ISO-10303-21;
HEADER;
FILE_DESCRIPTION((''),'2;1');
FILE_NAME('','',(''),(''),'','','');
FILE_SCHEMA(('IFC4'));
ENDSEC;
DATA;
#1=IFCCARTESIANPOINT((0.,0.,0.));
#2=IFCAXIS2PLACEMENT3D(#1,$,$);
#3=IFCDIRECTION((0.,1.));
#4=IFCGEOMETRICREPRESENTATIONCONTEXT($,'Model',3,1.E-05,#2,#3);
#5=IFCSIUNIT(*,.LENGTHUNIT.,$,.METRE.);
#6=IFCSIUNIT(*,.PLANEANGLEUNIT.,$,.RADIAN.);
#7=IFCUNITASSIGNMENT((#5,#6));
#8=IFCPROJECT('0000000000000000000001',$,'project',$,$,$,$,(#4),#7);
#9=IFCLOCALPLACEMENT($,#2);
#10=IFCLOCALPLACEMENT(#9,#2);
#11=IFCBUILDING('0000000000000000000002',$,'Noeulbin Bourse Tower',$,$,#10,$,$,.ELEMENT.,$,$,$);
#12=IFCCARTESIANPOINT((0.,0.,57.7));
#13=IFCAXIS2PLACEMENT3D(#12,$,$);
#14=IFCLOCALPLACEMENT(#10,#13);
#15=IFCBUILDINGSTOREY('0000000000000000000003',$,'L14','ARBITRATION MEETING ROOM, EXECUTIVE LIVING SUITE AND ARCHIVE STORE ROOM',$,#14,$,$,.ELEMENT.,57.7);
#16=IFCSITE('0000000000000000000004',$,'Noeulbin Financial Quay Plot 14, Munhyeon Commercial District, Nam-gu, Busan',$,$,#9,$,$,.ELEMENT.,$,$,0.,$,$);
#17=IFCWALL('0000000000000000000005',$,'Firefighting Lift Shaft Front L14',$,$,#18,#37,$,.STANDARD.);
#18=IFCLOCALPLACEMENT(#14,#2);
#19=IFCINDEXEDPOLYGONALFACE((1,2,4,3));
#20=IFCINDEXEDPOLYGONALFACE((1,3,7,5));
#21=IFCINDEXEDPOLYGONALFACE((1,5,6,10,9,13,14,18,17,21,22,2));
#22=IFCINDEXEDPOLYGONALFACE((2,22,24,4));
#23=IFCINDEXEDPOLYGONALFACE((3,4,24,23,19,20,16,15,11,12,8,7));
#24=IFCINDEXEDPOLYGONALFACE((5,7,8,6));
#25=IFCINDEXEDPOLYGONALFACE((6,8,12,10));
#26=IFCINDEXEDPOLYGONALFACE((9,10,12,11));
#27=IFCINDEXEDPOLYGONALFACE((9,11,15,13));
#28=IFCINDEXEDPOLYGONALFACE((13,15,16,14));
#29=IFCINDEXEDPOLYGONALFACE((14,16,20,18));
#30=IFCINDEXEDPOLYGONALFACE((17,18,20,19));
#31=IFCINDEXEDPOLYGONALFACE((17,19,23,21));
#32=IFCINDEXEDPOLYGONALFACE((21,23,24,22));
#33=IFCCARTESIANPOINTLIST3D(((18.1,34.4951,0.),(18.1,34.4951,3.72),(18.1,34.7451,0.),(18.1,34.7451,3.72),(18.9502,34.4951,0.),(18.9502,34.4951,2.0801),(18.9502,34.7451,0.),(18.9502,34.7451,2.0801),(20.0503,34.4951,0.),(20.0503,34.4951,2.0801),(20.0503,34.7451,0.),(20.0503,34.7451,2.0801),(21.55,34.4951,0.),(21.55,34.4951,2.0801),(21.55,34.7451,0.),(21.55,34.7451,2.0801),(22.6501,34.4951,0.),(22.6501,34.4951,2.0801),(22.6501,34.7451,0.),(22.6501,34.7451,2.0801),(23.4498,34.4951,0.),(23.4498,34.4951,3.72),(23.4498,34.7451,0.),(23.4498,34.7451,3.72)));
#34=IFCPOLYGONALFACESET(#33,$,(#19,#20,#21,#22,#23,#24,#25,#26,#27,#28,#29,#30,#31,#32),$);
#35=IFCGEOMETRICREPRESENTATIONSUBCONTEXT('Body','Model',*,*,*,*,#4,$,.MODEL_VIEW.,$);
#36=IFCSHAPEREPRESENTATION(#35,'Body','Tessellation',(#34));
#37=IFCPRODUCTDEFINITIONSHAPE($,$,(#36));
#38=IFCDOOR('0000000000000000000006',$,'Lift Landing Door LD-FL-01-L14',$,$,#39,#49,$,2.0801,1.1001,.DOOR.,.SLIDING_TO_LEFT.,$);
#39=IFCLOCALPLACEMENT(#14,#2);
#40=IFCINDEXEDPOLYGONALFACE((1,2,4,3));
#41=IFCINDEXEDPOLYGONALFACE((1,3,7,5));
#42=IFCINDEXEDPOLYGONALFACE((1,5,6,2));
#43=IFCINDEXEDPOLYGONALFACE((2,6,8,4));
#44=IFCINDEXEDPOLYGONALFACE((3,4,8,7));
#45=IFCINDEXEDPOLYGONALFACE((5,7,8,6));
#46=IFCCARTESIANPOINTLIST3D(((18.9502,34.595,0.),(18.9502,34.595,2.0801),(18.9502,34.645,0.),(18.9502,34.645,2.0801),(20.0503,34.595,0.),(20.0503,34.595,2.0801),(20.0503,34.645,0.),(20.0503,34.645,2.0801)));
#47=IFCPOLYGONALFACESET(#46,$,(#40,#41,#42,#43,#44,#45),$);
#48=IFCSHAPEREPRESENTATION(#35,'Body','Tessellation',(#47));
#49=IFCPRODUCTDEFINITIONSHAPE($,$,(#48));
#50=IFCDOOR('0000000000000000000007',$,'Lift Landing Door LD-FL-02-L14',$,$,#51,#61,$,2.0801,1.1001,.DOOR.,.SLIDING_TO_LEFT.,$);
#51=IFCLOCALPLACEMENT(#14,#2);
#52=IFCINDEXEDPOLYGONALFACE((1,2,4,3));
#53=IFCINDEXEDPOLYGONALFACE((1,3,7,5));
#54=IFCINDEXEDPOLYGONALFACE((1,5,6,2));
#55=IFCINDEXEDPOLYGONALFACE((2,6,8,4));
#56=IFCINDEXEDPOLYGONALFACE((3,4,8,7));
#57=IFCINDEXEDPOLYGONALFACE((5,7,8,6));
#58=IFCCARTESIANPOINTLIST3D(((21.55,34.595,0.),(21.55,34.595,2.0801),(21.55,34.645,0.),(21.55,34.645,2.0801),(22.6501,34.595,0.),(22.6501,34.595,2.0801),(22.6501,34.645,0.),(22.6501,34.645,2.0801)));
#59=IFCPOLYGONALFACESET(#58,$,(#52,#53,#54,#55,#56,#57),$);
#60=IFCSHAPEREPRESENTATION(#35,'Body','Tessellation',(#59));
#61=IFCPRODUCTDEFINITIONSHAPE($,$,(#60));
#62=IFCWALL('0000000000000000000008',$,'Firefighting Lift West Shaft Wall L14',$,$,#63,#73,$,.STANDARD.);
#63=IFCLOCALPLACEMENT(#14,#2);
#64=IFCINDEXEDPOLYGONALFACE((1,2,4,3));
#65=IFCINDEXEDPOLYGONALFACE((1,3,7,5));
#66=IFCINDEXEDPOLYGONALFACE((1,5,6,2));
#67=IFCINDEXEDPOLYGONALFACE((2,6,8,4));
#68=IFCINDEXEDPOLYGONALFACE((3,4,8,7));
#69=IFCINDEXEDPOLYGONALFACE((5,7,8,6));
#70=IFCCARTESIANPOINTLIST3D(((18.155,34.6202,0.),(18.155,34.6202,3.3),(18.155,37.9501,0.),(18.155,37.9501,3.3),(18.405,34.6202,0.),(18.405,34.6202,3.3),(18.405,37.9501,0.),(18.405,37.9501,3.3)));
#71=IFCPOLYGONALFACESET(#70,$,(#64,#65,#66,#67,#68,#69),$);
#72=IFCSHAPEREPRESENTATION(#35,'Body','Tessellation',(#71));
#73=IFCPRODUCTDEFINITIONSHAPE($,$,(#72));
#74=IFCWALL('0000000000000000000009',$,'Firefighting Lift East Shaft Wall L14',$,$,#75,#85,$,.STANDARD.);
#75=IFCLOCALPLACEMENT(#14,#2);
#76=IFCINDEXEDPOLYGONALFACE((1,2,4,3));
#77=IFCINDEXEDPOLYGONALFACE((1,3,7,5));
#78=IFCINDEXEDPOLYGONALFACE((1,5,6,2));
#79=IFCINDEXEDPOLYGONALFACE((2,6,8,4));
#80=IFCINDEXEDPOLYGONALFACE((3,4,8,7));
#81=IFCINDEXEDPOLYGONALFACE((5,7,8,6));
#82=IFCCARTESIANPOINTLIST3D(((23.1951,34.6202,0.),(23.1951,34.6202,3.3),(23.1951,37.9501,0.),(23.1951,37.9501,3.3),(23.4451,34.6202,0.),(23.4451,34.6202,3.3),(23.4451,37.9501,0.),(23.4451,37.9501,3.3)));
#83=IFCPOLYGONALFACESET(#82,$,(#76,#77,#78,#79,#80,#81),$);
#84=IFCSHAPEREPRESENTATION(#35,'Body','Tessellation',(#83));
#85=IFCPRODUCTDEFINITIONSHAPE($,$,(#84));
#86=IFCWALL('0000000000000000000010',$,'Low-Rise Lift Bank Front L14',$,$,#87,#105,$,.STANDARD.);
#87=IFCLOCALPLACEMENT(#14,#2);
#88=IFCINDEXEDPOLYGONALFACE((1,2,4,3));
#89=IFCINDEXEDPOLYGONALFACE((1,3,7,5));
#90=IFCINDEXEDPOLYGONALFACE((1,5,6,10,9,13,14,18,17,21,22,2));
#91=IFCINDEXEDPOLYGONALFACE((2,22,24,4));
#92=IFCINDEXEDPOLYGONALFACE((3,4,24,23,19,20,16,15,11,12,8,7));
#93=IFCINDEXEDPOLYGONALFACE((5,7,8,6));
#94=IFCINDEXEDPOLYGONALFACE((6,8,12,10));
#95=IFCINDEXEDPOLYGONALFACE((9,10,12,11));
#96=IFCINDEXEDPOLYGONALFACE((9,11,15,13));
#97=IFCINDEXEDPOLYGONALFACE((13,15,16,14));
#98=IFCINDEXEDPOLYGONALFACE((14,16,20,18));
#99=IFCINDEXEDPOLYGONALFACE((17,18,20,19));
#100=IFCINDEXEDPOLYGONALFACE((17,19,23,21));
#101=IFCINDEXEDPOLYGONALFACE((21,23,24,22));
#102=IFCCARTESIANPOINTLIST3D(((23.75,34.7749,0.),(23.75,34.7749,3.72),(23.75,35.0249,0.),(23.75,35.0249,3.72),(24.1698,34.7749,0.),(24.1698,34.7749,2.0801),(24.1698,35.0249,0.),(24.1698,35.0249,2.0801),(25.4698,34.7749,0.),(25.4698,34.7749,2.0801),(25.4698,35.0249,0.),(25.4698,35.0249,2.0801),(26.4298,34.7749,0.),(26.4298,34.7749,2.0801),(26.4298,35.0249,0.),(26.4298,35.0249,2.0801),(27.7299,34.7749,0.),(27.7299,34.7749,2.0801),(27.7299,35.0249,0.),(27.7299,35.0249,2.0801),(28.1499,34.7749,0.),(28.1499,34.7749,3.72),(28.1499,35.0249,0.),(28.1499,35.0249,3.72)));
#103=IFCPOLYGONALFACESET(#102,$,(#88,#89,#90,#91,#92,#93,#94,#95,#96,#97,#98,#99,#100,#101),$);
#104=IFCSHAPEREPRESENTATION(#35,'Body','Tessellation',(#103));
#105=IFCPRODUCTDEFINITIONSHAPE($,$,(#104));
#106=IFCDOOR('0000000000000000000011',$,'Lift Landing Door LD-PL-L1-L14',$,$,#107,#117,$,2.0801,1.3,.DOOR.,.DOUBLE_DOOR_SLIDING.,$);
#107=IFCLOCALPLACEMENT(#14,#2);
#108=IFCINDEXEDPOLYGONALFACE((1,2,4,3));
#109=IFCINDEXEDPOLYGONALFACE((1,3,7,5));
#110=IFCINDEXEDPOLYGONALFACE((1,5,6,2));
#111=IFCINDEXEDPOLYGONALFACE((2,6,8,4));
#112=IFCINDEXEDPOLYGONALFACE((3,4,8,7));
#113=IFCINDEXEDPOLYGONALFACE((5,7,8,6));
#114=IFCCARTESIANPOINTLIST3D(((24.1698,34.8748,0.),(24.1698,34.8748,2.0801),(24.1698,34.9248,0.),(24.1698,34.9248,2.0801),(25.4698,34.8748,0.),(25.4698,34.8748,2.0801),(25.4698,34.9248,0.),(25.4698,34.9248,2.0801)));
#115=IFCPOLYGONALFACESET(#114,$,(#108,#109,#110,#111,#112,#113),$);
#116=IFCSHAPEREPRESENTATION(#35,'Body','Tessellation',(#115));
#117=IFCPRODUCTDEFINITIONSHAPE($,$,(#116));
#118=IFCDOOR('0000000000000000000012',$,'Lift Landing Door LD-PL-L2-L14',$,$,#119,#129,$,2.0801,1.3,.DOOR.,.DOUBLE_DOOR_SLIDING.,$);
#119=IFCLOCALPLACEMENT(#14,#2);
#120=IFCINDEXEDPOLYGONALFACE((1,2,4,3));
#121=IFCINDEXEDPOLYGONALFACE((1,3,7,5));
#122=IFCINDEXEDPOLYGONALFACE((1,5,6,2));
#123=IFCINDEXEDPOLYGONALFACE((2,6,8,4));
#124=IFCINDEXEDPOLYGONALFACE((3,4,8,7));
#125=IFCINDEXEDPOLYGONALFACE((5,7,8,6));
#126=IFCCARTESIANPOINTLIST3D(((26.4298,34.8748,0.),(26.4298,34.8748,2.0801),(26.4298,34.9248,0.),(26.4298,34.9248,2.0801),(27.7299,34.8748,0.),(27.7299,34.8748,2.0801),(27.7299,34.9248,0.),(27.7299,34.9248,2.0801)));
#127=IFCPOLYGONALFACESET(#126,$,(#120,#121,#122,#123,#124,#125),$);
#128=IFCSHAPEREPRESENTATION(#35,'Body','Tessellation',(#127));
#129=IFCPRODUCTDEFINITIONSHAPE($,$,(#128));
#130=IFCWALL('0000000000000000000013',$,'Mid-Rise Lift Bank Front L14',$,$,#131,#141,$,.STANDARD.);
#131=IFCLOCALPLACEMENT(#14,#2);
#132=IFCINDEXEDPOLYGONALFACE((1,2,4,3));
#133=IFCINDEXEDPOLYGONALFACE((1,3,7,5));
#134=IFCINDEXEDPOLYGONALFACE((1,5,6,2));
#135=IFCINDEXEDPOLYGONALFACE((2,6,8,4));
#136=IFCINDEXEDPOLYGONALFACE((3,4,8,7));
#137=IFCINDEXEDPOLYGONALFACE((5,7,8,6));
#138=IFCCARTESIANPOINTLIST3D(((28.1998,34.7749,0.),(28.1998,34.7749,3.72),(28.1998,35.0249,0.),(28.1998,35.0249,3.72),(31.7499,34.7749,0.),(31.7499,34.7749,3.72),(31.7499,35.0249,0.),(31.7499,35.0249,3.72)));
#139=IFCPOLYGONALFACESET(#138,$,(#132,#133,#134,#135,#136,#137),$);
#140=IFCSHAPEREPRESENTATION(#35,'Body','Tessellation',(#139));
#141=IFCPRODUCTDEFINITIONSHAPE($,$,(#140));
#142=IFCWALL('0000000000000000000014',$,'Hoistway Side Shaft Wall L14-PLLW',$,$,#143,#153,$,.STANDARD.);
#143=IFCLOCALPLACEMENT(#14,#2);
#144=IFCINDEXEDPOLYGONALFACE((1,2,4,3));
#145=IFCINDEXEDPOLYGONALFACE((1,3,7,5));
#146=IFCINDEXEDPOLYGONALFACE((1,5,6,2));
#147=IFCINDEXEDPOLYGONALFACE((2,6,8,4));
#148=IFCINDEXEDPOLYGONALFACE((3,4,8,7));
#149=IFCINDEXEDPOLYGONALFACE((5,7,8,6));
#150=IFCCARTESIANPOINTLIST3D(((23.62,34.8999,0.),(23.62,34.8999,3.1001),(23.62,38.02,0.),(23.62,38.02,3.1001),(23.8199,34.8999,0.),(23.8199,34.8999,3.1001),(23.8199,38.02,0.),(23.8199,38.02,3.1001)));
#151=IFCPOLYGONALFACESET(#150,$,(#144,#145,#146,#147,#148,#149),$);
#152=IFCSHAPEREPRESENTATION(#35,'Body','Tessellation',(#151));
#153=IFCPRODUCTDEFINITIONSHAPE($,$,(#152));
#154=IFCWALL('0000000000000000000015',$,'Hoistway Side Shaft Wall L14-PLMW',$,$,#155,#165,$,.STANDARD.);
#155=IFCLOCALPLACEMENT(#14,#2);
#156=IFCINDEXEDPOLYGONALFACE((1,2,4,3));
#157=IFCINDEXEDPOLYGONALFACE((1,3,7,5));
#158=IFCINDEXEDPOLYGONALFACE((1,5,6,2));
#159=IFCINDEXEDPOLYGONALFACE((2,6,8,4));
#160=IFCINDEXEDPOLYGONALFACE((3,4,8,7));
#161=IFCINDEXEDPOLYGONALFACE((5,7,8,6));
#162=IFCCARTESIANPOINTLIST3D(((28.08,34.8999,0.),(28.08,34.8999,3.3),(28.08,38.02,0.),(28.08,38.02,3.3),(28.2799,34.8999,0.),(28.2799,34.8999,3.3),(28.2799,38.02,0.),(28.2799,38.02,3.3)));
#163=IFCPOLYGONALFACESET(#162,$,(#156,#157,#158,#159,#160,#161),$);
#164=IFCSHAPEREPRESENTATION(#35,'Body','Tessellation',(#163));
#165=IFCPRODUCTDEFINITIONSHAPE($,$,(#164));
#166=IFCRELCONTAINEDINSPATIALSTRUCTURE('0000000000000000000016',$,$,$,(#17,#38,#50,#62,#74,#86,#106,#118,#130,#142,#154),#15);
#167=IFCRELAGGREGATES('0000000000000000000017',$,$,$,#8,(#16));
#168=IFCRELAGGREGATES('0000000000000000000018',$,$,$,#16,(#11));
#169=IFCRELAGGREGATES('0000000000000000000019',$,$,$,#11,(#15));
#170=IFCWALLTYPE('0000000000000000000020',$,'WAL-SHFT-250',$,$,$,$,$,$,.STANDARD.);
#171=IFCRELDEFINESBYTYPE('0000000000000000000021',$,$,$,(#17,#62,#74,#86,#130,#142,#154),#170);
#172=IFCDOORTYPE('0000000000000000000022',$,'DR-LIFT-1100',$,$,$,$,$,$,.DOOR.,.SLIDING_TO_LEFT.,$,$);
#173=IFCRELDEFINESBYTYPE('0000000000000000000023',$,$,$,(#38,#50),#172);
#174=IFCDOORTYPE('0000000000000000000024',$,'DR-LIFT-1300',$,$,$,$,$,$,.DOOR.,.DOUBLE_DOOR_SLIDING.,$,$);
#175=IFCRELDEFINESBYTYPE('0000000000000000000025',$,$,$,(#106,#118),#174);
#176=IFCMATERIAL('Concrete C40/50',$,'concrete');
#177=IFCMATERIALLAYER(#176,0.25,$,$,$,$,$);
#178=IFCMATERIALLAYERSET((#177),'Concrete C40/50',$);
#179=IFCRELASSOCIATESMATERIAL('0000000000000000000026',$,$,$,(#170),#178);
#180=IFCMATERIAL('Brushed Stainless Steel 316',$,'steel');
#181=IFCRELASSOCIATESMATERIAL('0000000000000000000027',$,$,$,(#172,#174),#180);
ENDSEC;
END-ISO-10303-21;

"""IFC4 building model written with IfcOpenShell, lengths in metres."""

from ifc_helpers import new_model, si_unit, direction, frame, frame_2d, origin, place, context, subcontext, project, spatial, rectangle, extrude, material, layer, layer_set, type_object, element, fill, save


model = new_model("IFC4")

# Units and contexts
model_context = context("Model", 3, precision=1e-05, world=origin(), true_north=direction((0.0, 1.0)))
body_context = subcontext(model_context, "Body", "Model", "MODEL_VIEW")
ifc_project = project(units=[si_unit("LENGTHUNIT", "METRE"), si_unit("PLANEANGLEUNIT", "RADIAN")], contexts=[model_context])

# Site, building, storey
site_placement = place(None, origin())
site = spatial("IfcSite", under=ifc_project, at=site_placement, Name="Noeulbin Financial Quay Plot 14, Munhyeon Commercial District, Nam-gu, Busan", CompositionType="ELEMENT", RefElevation=0.0)
building_placement = place(site_placement, origin())
building = spatial("IfcBuilding", under=site, at=building_placement, Name="Noeulbin Bourse Tower", CompositionType="ELEMENT")
storey_placement = place(building_placement, frame((0.0, 0.0, 57.7)))
storey = spatial("IfcBuildingStorey", under=building, at=storey_placement, Name="L14", Description="ARBITRATION MEETING ROOM, EXECUTIVE LIVING SUITE AND ARCHIVE STORE ROOM", CompositionType="ELEMENT", Elevation=57.7)

# Shared definitions
ifc_material_1 = material(Name="Concrete C40/50", Category="concrete")
ifc_layer_1 = layer(ifc_material_1, 0.25)
ifc_layer_set_1 = layer_set([ifc_layer_1], Name="Concrete C40/50")
wall_type_1 = type_object("IfcWallType", Name="WAL-SHFT-250", PredefinedType="STANDARD", material=ifc_layer_set_1)

# Wall, openings, doors
wall_1_placement = place(storey_placement, frame((18.1001, 34.6201, 0.0), z_axis=(0.0, 0.0, 1.0), x_axis=(1.0, 0.0, 0.0)))
wall_1 = element("IfcWall", 1, at=wall_1_placement, inside=storey, type_object=wall_type_1, Name="Firefighting Lift Shaft Front L14", PredefinedType="STANDARD", context=body_context, shape_type="SweptSolid", body=[
    extrude(rectangle(XDim=5.3499, YDim=0.25, at=frame_2d((2.6748, 0.0))), origin(), (0.0, 0.0, 1.0), 3.72),
])
opening_1_placement = place(wall_1_placement, frame((0.8501, 0.0, 0.0)))
opening_1 = element("IfcOpeningElement", 2, at=opening_1_placement, cuts=wall_1, PredefinedType="OPENING", context=body_context, shape_type="SweptSolid", body=[
    extrude(rectangle(XDim=1.1001, YDim=2.0801, at=frame_2d((0.55, 1.04))), frame((0.0, 0.135, 0.0), z_axis=(0.0, -1.0, 0.0), x_axis=(1.0, 0.0, 0.0)), (0.0, 0.0, 1.0), 0.27),
])
opening_2_placement = place(wall_1_placement, frame((3.45, 0.0, 0.0)))
opening_2 = element("IfcOpeningElement", 3, at=opening_2_placement, cuts=wall_1, PredefinedType="OPENING", context=body_context, shape_type="SweptSolid", body=[
    extrude(rectangle(XDim=1.1001, YDim=2.0801, at=frame_2d((0.55, 1.04))), frame((0.0, 0.135, 0.0), z_axis=(0.0, -1.0, 0.0), x_axis=(1.0, 0.0, 0.0)), (0.0, 0.0, 1.0), 0.27),
])
ifc_material_2 = material(Name="Brushed Stainless Steel 316", Category="steel")
door_type_1 = type_object("IfcDoorType", Name="DR-LIFT-1100", OperationType="SLIDING_TO_LEFT", PredefinedType="DOOR", material=ifc_material_2)
door_1_placement = place(opening_1_placement, origin())
door_1 = element("IfcDoor", 4, at=door_1_placement, inside=storey, type_object=door_type_1, Name="Lift Landing Door LD-FL-01-L14", OperationType="SLIDING_TO_LEFT", OverallHeight=2.0801, OverallWidth=1.1001, PredefinedType="DOOR", context=body_context, shape_type="SweptSolid", body=[
    extrude(rectangle(XDim=1.1001, YDim=2.0801, at=frame_2d((0.55, 1.04))), frame((0.0, 0.0249, 0.0), z_axis=(0.0, -1.0, 0.0), x_axis=(1.0, 0.0, 0.0)), (0.0, 0.0, 1.0), 0.05),
])
fill(opening_1, door_1)
door_2_placement = place(opening_2_placement, origin())
door_2 = element("IfcDoor", 5, at=door_2_placement, inside=storey, type_object=door_type_1, Name="Lift Landing Door LD-FL-02-L14", OperationType="SLIDING_TO_LEFT", OverallHeight=2.0801, OverallWidth=1.1001, PredefinedType="DOOR", context=body_context, shape_type="SweptSolid", body=[
    extrude(rectangle(XDim=1.1001, YDim=2.0801, at=frame_2d((0.55, 1.04))), frame((0.0, 0.0249, 0.0), z_axis=(0.0, -1.0, 0.0), x_axis=(1.0, 0.0, 0.0)), (0.0, 0.0, 1.0), 0.05),
])
fill(opening_2, door_2)

# Walls
for number, where, z_axis, x_axis, name in (
    (6, (18.28, 34.6201, 0.0), (0.0, 0.0, 1.0), (0.0, 1.0, 0.0), "Firefighting Lift West Shaft Wall L14"),
    (7, (23.3201, 34.6201, 0.0), (0.0, 0.0, 1.0), (0.0, 1.0, 0.0), "Firefighting Lift East Shaft Wall L14"),
):
    element("IfcWall", number, at=place(storey_placement, frame(where, z_axis=z_axis, x_axis=x_axis)), inside=storey, type_object=wall_type_1, Name=name, PredefinedType="STANDARD", context=body_context, shape_type="SweptSolid", body=[
        extrude(rectangle(XDim=3.3298, YDim=0.25, at=frame_2d((1.665, 0.0))), origin(), (0.0, 0.0, 1.0), 3.3),
    ])

# Wall, openings, doors
wall_2_placement = place(storey_placement, frame((23.75, 34.8999, 0.0), z_axis=(0.0, 0.0, 1.0), x_axis=(1.0, 0.0, 0.0)))
wall_2 = element("IfcWall", 8, at=wall_2_placement, inside=storey, type_object=wall_type_1, Name="Low-Rise Lift Bank Front L14", PredefinedType="STANDARD", context=body_context, shape_type="SweptSolid", body=[
    extrude(rectangle(XDim=4.3999, YDim=0.25, at=frame_2d((2.2, 0.0))), origin(), (0.0, 0.0, 1.0), 3.72),
])
opening_3_placement = place(wall_2_placement, frame((0.4199, 0.0, 0.0)))
opening_3 = element("IfcOpeningElement", 9, at=opening_3_placement, cuts=wall_2, PredefinedType="OPENING", context=body_context, shape_type="SweptSolid", body=[
    extrude(rectangle(XDim=1.3, YDim=2.0801, at=frame_2d((0.6499, 1.04))), frame((0.0, 0.135, 0.0), z_axis=(0.0, -1.0, 0.0), x_axis=(1.0, 0.0, 0.0)), (0.0, 0.0, 1.0), 0.27),
])
opening_4_placement = place(wall_2_placement, frame((2.6799, 0.0, 0.0)))
opening_4 = element("IfcOpeningElement", 10, at=opening_4_placement, cuts=wall_2, PredefinedType="OPENING", context=body_context, shape_type="SweptSolid", body=[
    extrude(rectangle(XDim=1.3, YDim=2.0801, at=frame_2d((0.6499, 1.04))), frame((0.0, 0.135, 0.0), z_axis=(0.0, -1.0, 0.0), x_axis=(1.0, 0.0, 0.0)), (0.0, 0.0, 1.0), 0.27),
])
door_type_2 = type_object("IfcDoorType", Name="DR-LIFT-1300", OperationType="DOUBLE_DOOR_SLIDING", PredefinedType="DOOR", material=ifc_material_2)
door_3_placement = place(opening_3_placement, origin())
door_3 = element("IfcDoor", 11, at=door_3_placement, inside=storey, type_object=door_type_2, Name="Lift Landing Door LD-PL-L1-L14", OperationType="DOUBLE_DOOR_SLIDING", OverallHeight=2.0801, OverallWidth=1.3, PredefinedType="DOOR", context=body_context, shape_type="SweptSolid", body=[
    extrude(rectangle(XDim=1.3, YDim=2.0801, at=frame_2d((0.6499, 1.04))), frame((0.0, 0.0249, 0.0), z_axis=(0.0, -1.0, 0.0), x_axis=(1.0, 0.0, 0.0)), (0.0, 0.0, 1.0), 0.05),
])
fill(opening_3, door_3)
door_4_placement = place(opening_4_placement, origin())
door_4 = element("IfcDoor", 12, at=door_4_placement, inside=storey, type_object=door_type_2, Name="Lift Landing Door LD-PL-L2-L14", OperationType="DOUBLE_DOOR_SLIDING", OverallHeight=2.0801, OverallWidth=1.3, PredefinedType="DOOR", context=body_context, shape_type="SweptSolid", body=[
    extrude(rectangle(XDim=1.3, YDim=2.0801, at=frame_2d((0.6499, 1.04))), frame((0.0, 0.0249, 0.0), z_axis=(0.0, -1.0, 0.0), x_axis=(1.0, 0.0, 0.0)), (0.0, 0.0, 1.0), 0.05),
])
fill(opening_4, door_4)

# Walls
wall_3_placement = place(storey_placement, frame((28.2, 34.8999, 0.0), z_axis=(0.0, 0.0, 1.0), x_axis=(1.0, 0.0, 0.0)))
element("IfcWall", 13, at=wall_3_placement, inside=storey, type_object=wall_type_1, Name="Mid-Rise Lift Bank Front L14", PredefinedType="STANDARD", context=body_context, shape_type="SweptSolid", body=[
    extrude(rectangle(XDim=3.55, YDim=0.25, at=frame_2d((1.7749, 0.0))), origin(), (0.0, 0.0, 1.0), 3.72),
])
wall_4_placement = place(storey_placement, frame((23.72, 34.8999, 0.0), z_axis=(0.0, 0.0, 1.0), x_axis=(0.0, 1.0, 0.0)))
element("IfcWall", 14, at=wall_4_placement, inside=storey, type_object=wall_type_1, Name="Hoistway Side Shaft Wall L14-PLLW", PredefinedType="STANDARD", context=body_context, shape_type="SweptSolid", body=[
    extrude(rectangle(XDim=3.1201, YDim=0.2, at=frame_2d((1.5601, 0.0))), origin(), (0.0, 0.0, 1.0), 3.1001),
])
wall_5_placement = place(storey_placement, frame((28.1799, 34.8999, 0.0), z_axis=(0.0, 0.0, 1.0), x_axis=(0.0, 1.0, 0.0)))
element("IfcWall", 15, at=wall_5_placement, inside=storey, type_object=wall_type_1, Name="Hoistway Side Shaft Wall L14-PLMW", PredefinedType="STANDARD", context=body_context, shape_type="SweptSolid", body=[
    extrude(rectangle(XDim=3.1201, YDim=0.2, at=frame_2d((1.5601, 0.0))), origin(), (0.0, 0.0, 1.0), 3.3),
])

save(model, "model.ifc")
